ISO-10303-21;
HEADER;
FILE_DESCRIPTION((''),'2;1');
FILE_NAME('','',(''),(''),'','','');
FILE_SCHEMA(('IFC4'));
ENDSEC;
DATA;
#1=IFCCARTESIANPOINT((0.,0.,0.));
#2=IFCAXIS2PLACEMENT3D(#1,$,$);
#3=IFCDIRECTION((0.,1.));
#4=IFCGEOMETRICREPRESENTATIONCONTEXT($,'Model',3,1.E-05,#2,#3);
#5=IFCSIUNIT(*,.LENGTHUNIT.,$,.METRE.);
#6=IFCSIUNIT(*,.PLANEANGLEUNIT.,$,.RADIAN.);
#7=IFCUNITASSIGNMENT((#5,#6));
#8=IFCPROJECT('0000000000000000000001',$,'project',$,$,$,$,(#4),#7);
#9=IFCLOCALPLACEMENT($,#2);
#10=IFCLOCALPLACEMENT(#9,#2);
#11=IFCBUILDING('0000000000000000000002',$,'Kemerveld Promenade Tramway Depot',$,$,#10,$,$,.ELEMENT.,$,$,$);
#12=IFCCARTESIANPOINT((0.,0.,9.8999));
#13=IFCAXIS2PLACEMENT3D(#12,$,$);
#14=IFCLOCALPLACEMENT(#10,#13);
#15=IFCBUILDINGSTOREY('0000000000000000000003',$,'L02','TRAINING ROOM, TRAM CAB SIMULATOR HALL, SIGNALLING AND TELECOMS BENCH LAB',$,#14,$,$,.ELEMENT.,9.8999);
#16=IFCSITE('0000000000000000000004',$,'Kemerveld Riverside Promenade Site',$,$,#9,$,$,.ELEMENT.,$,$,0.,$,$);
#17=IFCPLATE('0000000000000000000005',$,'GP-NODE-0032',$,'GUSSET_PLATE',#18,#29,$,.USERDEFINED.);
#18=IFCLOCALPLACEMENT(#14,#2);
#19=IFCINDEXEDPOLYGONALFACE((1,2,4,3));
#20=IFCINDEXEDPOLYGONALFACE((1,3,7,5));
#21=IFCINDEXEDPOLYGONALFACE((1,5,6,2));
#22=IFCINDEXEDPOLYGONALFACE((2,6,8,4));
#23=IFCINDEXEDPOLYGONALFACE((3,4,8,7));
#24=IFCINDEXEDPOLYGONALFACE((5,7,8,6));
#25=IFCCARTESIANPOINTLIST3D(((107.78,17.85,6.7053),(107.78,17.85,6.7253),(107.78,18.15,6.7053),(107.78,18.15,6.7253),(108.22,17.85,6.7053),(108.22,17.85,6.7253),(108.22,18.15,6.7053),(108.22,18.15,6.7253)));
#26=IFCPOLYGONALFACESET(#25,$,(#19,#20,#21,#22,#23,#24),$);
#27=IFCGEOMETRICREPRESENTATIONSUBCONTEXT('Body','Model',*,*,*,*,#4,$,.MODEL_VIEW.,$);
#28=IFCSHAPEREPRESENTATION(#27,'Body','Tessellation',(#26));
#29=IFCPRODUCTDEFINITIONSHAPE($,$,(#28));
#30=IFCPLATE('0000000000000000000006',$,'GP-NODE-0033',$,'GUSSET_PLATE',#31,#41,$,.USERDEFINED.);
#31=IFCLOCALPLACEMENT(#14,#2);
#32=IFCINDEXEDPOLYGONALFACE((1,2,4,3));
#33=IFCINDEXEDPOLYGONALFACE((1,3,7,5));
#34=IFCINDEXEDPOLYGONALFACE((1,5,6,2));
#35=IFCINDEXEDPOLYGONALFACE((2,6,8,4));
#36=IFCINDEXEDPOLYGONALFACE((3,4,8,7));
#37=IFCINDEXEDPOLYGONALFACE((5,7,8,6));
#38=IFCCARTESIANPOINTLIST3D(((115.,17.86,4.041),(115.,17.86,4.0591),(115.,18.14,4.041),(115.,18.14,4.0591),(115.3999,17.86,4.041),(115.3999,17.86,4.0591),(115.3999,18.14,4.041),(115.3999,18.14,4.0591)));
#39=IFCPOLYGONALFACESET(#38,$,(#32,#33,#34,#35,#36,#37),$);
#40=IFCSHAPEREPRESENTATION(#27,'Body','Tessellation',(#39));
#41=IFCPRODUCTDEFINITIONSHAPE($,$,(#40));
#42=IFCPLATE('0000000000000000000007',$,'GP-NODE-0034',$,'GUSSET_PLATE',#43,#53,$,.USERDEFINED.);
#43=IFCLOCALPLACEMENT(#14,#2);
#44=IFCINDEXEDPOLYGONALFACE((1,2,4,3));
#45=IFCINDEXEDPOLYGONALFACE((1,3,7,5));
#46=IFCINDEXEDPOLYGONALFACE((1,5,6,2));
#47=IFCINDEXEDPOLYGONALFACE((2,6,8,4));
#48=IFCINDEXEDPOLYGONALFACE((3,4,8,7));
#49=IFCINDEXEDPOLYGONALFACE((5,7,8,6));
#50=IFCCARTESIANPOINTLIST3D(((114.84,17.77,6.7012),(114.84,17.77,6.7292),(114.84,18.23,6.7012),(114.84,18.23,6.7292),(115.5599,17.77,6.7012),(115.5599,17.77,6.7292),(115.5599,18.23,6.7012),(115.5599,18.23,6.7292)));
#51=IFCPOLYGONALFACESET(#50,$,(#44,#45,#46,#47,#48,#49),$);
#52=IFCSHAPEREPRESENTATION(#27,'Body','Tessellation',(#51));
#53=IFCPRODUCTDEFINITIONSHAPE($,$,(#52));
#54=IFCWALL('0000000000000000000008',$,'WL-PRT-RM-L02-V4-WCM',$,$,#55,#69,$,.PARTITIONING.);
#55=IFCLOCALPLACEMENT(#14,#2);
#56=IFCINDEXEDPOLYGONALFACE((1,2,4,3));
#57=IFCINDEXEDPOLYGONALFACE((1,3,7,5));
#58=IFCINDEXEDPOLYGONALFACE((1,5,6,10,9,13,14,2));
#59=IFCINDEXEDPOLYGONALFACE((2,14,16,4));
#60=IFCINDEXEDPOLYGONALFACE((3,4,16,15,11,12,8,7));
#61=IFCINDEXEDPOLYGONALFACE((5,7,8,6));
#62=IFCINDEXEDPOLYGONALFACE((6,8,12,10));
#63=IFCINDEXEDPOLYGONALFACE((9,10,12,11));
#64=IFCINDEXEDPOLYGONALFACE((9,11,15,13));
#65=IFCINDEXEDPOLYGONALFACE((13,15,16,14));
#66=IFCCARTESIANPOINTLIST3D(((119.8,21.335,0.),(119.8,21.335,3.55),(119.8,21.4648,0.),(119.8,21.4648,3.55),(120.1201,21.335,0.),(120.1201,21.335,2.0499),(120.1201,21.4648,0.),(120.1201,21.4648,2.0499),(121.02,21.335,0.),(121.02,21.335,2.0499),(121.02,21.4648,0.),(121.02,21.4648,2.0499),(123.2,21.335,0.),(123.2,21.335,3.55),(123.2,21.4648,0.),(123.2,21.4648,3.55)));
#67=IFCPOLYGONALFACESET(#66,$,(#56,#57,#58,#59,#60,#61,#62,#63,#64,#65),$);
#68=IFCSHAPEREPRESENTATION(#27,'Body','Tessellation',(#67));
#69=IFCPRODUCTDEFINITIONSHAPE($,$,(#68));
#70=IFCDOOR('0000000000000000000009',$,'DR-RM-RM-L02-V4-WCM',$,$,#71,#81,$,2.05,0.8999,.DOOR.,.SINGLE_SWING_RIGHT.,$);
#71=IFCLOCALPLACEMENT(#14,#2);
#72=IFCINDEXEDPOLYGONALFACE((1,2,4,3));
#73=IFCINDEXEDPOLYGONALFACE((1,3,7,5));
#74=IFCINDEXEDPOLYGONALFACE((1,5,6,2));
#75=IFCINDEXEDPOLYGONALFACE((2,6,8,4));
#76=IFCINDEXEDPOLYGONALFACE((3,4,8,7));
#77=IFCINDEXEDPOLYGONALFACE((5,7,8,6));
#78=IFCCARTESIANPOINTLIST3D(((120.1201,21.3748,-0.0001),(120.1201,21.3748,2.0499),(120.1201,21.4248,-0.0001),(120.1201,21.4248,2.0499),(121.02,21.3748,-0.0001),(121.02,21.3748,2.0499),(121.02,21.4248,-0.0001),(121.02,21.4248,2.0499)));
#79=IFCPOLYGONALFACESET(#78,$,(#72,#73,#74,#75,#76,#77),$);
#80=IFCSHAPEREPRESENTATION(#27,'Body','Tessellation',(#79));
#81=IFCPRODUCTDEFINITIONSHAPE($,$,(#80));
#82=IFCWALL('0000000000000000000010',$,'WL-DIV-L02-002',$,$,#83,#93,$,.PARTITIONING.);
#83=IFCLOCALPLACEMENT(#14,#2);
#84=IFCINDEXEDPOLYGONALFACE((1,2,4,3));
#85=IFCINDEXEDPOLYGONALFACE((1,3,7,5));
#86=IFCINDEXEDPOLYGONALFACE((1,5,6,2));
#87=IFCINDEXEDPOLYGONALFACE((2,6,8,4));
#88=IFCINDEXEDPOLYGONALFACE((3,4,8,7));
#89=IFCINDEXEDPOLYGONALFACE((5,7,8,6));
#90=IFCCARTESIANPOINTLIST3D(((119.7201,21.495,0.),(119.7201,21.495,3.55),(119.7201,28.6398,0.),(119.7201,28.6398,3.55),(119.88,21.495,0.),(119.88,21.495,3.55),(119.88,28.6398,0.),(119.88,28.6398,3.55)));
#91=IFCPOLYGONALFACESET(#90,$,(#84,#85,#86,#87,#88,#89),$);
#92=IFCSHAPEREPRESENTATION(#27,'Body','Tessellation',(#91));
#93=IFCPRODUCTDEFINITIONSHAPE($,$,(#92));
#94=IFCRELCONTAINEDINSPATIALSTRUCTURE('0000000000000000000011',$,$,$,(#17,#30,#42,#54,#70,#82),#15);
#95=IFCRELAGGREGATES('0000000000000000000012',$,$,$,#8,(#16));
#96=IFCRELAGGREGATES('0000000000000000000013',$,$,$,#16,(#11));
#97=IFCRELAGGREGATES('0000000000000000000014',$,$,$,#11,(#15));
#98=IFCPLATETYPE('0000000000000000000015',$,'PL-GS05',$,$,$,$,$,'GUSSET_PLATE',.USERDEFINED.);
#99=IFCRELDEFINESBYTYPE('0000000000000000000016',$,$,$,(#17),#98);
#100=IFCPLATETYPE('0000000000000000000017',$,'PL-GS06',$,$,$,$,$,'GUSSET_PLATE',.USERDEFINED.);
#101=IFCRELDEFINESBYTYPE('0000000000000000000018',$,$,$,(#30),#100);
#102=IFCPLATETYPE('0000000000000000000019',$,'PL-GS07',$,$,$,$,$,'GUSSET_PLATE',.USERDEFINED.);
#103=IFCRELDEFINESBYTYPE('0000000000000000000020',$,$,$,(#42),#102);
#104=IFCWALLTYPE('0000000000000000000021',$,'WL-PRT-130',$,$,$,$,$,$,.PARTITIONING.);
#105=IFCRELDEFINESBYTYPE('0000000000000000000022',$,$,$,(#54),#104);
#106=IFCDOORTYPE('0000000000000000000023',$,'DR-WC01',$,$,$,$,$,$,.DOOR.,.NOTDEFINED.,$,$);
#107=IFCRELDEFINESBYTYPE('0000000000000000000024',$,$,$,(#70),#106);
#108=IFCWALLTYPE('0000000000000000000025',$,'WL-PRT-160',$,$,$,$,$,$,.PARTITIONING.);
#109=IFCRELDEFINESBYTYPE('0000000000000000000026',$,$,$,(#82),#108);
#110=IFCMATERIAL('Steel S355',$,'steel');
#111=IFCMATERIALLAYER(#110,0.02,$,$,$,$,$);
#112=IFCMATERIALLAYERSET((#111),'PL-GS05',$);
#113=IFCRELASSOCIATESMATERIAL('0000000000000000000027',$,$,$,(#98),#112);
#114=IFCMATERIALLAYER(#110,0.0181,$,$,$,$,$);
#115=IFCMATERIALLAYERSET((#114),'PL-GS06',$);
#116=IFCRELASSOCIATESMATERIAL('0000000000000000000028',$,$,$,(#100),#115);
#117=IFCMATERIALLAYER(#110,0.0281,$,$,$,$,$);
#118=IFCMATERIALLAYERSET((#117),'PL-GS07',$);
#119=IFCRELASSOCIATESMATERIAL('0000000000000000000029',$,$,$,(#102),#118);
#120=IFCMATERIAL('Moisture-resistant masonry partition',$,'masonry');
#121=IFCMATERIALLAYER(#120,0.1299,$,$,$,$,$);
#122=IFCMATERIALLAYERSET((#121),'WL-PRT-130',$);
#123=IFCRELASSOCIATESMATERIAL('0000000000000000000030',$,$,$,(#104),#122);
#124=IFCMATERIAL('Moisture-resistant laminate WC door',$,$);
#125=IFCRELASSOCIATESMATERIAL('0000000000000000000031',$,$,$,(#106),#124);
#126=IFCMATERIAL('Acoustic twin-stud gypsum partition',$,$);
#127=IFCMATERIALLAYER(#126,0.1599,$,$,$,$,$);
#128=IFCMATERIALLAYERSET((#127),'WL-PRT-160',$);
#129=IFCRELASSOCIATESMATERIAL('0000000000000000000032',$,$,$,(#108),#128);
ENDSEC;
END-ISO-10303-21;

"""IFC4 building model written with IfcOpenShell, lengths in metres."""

from ifc_helpers import new_model, si_unit, direction, frame, frame_2d, origin, origin_2d, place, context, subcontext, project, spatial, rectangle, extrude, material, layer, layer_set, type_object, element, fill, save


model = new_model("IFC4")

# Units and contexts
model_context = context("Model", 3, precision=1e-05, world=origin(), true_north=direction((0.0, 1.0)))
body_context = subcontext(model_context, "Body", "Model", "MODEL_VIEW")
ifc_project = project(units=[si_unit("LENGTHUNIT", "METRE"), si_unit("PLANEANGLEUNIT", "RADIAN")], contexts=[model_context])

# Site, building, storey
site_placement = place(None, origin())
site = spatial("IfcSite", under=ifc_project, at=site_placement, Name="Kemerveld Riverside Promenade Site", CompositionType="ELEMENT", RefElevation=0.0)
building_placement = place(site_placement, origin())
building = spatial("IfcBuilding", under=site, at=building_placement, Name="Kemerveld Promenade Tramway Depot", CompositionType="ELEMENT")
storey_placement = place(building_placement, frame((0.0, 0.0, 9.8999)))
storey = spatial("IfcBuildingStorey", under=building, at=storey_placement, Name="L02", Description="TRAINING ROOM, TRAM CAB SIMULATOR HALL, SIGNALLING AND TELECOMS BENCH LAB", CompositionType="ELEMENT", Elevation=9.8999)

# Shared definitions
ifc_material_1 = material(Name="Steel S355", Category="steel")

# Plates
ifc_layer_1 = layer(ifc_material_1, 0.02)
ifc_layer_set_1 = layer_set([ifc_layer_1], Name="PL-GS05")
plate_type_1 = type_object("IfcPlateType", Name="PL-GS05", ElementType="GUSSET_PLATE", PredefinedType="USERDEFINED", material=ifc_layer_set_1)
plate_1_placement = place(storey_placement, frame((108.0, 18.0, 6.7053), z_axis=(0.0, 0.0, 1.0), x_axis=(1.0, 0.0, 0.0)))
element("IfcPlate", 1, at=plate_1_placement, inside=storey, type_object=plate_type_1, Name="GP-NODE-0032", ObjectType="GUSSET_PLATE", PredefinedType="USERDEFINED", context=body_context, shape_type="SweptSolid", body=[
    extrude(rectangle(XDim=0.4399, YDim=0.3, at=origin_2d()), origin(), (0.0, 0.0, 1.0), 0.02),
])
ifc_layer_2 = layer(ifc_material_1, 0.0181)
ifc_layer_set_2 = layer_set([ifc_layer_2], Name="PL-GS06")
plate_type_2 = type_object("IfcPlateType", Name="PL-GS06", ElementType="GUSSET_PLATE", PredefinedType="USERDEFINED", material=ifc_layer_set_2)
plate_2_placement = place(storey_placement, frame((115.2, 18.0, 4.041), z_axis=(0.0, 0.0, 1.0), x_axis=(1.0, 0.0, 0.0)))
element("IfcPlate", 2, at=plate_2_placement, inside=storey, type_object=plate_type_2, Name="GP-NODE-0033", ObjectType="GUSSET_PLATE", PredefinedType="USERDEFINED", context=body_context, shape_type="SweptSolid", body=[
    extrude(rectangle(XDim=0.3999, YDim=0.28, at=origin_2d()), origin(), (0.0, 0.0, 1.0), 0.0181),
])
ifc_layer_3 = layer(ifc_material_1, 0.0281)
ifc_layer_set_3 = layer_set([ifc_layer_3], Name="PL-GS07")
plate_type_3 = type_object("IfcPlateType", Name="PL-GS07", ElementType="GUSSET_PLATE", PredefinedType="USERDEFINED", material=ifc_layer_set_3)
plate_3_placement = place(storey_placement, frame((115.2, 18.0, 6.7012), z_axis=(0.0, 0.0, 1.0), x_axis=(1.0, 0.0, 0.0)))
element("IfcPlate", 3, at=plate_3_placement, inside=storey, type_object=plate_type_3, Name="GP-NODE-0034", ObjectType="GUSSET_PLATE", PredefinedType="USERDEFINED", context=body_context, shape_type="SweptSolid", body=[
    extrude(rectangle(XDim=0.72, YDim=0.46, at=origin_2d()), origin(), (0.0, 0.0, 1.0), 0.0281),
])

# Wall, opening, door
ifc_material_2 = material(Name="Moisture-resistant masonry partition", Category="masonry")
ifc_layer_4 = layer(ifc_material_2, 0.1299)
ifc_layer_set_4 = layer_set([ifc_layer_4], Name="WL-PRT-130")
wall_type_1 = type_object("IfcWallType", Name="WL-PRT-130", PredefinedType="PARTITIONING", material=ifc_layer_set_4)
wall_1_placement = place(storey_placement, frame((119.8, 21.3999, 0.0), z_axis=(0.0, 0.0, 1.0), x_axis=(1.0, 0.0, 0.0)))
wall_1 = element("IfcWall", 4, at=wall_1_placement, inside=storey, type_object=wall_type_1, Name="WL-PRT-RM-L02-V4-WCM", PredefinedType="PARTITIONING", context=body_context, shape_type="SweptSolid", body=[
    extrude(rectangle(XDim=3.3999, YDim=0.1299, at=frame_2d((1.7, 0.0))), origin(), (0.0, 0.0, 1.0), 3.55),
])
opening_placement = place(wall_1_placement, frame((0.3201, 0.0, 0.0)))
opening = element("IfcOpeningElement", 5, at=opening_placement, cuts=wall_1, PredefinedType="OPENING", context=body_context, shape_type="SweptSolid", body=[
    extrude(rectangle(XDim=0.8999, YDim=2.05, at=frame_2d((0.45, 1.0249))), frame((0.0, 0.075, 0.0), z_axis=(0.0, -1.0, 0.0), x_axis=(1.0, 0.0, 0.0)), (0.0, 0.0, 1.0), 0.1499),
])
ifc_material_3 = material(Name="Moisture-resistant laminate WC door")
door_type = type_object("IfcDoorType", Name="DR-WC01", OperationType="NOTDEFINED", PredefinedType="DOOR", material=ifc_material_3)
door_placement = place(opening_placement, origin())
door = element("IfcDoor", 6, at=door_placement, inside=storey, type_object=door_type, Name="DR-RM-RM-L02-V4-WCM", OperationType="SINGLE_SWING_RIGHT", OverallHeight=2.05, OverallWidth=0.8999, PredefinedType="DOOR", context=body_context, shape_type="SweptSolid", body=[
    extrude(rectangle(XDim=0.8999, YDim=2.05, at=frame_2d((0.45, 1.0249))), frame((0.0, 0.0249, 0.0), z_axis=(0.0, -1.0, 0.0), x_axis=(1.0, 0.0, 0.0)), (0.0, 0.0, 1.0), 0.05),
])
fill(opening, door)

# Wall
ifc_material_4 = material(Name="Acoustic twin-stud gypsum partition")
ifc_layer_5 = layer(ifc_material_4, 0.1599)
ifc_layer_set_5 = layer_set([ifc_layer_5], Name="WL-PRT-160")
wall_type_2 = type_object("IfcWallType", Name="WL-PRT-160", PredefinedType="PARTITIONING", material=ifc_layer_set_5)
wall_2_placement = place(storey_placement, frame((119.8, 21.4951, 0.0), z_axis=(0.0, 0.0, 1.0), x_axis=(0.0, 1.0, 0.0)))
element("IfcWall", 7, at=wall_2_placement, inside=storey, type_object=wall_type_2, Name="WL-DIV-L02-002", PredefinedType="PARTITIONING", context=body_context, shape_type="SweptSolid", body=[
    extrude(rectangle(XDim=7.1448, YDim=0.1599, at=frame_2d((3.5723, 0.0))), origin(), (0.0, 0.0, 1.0), 3.55),
])

save(model, "model.ifc")
